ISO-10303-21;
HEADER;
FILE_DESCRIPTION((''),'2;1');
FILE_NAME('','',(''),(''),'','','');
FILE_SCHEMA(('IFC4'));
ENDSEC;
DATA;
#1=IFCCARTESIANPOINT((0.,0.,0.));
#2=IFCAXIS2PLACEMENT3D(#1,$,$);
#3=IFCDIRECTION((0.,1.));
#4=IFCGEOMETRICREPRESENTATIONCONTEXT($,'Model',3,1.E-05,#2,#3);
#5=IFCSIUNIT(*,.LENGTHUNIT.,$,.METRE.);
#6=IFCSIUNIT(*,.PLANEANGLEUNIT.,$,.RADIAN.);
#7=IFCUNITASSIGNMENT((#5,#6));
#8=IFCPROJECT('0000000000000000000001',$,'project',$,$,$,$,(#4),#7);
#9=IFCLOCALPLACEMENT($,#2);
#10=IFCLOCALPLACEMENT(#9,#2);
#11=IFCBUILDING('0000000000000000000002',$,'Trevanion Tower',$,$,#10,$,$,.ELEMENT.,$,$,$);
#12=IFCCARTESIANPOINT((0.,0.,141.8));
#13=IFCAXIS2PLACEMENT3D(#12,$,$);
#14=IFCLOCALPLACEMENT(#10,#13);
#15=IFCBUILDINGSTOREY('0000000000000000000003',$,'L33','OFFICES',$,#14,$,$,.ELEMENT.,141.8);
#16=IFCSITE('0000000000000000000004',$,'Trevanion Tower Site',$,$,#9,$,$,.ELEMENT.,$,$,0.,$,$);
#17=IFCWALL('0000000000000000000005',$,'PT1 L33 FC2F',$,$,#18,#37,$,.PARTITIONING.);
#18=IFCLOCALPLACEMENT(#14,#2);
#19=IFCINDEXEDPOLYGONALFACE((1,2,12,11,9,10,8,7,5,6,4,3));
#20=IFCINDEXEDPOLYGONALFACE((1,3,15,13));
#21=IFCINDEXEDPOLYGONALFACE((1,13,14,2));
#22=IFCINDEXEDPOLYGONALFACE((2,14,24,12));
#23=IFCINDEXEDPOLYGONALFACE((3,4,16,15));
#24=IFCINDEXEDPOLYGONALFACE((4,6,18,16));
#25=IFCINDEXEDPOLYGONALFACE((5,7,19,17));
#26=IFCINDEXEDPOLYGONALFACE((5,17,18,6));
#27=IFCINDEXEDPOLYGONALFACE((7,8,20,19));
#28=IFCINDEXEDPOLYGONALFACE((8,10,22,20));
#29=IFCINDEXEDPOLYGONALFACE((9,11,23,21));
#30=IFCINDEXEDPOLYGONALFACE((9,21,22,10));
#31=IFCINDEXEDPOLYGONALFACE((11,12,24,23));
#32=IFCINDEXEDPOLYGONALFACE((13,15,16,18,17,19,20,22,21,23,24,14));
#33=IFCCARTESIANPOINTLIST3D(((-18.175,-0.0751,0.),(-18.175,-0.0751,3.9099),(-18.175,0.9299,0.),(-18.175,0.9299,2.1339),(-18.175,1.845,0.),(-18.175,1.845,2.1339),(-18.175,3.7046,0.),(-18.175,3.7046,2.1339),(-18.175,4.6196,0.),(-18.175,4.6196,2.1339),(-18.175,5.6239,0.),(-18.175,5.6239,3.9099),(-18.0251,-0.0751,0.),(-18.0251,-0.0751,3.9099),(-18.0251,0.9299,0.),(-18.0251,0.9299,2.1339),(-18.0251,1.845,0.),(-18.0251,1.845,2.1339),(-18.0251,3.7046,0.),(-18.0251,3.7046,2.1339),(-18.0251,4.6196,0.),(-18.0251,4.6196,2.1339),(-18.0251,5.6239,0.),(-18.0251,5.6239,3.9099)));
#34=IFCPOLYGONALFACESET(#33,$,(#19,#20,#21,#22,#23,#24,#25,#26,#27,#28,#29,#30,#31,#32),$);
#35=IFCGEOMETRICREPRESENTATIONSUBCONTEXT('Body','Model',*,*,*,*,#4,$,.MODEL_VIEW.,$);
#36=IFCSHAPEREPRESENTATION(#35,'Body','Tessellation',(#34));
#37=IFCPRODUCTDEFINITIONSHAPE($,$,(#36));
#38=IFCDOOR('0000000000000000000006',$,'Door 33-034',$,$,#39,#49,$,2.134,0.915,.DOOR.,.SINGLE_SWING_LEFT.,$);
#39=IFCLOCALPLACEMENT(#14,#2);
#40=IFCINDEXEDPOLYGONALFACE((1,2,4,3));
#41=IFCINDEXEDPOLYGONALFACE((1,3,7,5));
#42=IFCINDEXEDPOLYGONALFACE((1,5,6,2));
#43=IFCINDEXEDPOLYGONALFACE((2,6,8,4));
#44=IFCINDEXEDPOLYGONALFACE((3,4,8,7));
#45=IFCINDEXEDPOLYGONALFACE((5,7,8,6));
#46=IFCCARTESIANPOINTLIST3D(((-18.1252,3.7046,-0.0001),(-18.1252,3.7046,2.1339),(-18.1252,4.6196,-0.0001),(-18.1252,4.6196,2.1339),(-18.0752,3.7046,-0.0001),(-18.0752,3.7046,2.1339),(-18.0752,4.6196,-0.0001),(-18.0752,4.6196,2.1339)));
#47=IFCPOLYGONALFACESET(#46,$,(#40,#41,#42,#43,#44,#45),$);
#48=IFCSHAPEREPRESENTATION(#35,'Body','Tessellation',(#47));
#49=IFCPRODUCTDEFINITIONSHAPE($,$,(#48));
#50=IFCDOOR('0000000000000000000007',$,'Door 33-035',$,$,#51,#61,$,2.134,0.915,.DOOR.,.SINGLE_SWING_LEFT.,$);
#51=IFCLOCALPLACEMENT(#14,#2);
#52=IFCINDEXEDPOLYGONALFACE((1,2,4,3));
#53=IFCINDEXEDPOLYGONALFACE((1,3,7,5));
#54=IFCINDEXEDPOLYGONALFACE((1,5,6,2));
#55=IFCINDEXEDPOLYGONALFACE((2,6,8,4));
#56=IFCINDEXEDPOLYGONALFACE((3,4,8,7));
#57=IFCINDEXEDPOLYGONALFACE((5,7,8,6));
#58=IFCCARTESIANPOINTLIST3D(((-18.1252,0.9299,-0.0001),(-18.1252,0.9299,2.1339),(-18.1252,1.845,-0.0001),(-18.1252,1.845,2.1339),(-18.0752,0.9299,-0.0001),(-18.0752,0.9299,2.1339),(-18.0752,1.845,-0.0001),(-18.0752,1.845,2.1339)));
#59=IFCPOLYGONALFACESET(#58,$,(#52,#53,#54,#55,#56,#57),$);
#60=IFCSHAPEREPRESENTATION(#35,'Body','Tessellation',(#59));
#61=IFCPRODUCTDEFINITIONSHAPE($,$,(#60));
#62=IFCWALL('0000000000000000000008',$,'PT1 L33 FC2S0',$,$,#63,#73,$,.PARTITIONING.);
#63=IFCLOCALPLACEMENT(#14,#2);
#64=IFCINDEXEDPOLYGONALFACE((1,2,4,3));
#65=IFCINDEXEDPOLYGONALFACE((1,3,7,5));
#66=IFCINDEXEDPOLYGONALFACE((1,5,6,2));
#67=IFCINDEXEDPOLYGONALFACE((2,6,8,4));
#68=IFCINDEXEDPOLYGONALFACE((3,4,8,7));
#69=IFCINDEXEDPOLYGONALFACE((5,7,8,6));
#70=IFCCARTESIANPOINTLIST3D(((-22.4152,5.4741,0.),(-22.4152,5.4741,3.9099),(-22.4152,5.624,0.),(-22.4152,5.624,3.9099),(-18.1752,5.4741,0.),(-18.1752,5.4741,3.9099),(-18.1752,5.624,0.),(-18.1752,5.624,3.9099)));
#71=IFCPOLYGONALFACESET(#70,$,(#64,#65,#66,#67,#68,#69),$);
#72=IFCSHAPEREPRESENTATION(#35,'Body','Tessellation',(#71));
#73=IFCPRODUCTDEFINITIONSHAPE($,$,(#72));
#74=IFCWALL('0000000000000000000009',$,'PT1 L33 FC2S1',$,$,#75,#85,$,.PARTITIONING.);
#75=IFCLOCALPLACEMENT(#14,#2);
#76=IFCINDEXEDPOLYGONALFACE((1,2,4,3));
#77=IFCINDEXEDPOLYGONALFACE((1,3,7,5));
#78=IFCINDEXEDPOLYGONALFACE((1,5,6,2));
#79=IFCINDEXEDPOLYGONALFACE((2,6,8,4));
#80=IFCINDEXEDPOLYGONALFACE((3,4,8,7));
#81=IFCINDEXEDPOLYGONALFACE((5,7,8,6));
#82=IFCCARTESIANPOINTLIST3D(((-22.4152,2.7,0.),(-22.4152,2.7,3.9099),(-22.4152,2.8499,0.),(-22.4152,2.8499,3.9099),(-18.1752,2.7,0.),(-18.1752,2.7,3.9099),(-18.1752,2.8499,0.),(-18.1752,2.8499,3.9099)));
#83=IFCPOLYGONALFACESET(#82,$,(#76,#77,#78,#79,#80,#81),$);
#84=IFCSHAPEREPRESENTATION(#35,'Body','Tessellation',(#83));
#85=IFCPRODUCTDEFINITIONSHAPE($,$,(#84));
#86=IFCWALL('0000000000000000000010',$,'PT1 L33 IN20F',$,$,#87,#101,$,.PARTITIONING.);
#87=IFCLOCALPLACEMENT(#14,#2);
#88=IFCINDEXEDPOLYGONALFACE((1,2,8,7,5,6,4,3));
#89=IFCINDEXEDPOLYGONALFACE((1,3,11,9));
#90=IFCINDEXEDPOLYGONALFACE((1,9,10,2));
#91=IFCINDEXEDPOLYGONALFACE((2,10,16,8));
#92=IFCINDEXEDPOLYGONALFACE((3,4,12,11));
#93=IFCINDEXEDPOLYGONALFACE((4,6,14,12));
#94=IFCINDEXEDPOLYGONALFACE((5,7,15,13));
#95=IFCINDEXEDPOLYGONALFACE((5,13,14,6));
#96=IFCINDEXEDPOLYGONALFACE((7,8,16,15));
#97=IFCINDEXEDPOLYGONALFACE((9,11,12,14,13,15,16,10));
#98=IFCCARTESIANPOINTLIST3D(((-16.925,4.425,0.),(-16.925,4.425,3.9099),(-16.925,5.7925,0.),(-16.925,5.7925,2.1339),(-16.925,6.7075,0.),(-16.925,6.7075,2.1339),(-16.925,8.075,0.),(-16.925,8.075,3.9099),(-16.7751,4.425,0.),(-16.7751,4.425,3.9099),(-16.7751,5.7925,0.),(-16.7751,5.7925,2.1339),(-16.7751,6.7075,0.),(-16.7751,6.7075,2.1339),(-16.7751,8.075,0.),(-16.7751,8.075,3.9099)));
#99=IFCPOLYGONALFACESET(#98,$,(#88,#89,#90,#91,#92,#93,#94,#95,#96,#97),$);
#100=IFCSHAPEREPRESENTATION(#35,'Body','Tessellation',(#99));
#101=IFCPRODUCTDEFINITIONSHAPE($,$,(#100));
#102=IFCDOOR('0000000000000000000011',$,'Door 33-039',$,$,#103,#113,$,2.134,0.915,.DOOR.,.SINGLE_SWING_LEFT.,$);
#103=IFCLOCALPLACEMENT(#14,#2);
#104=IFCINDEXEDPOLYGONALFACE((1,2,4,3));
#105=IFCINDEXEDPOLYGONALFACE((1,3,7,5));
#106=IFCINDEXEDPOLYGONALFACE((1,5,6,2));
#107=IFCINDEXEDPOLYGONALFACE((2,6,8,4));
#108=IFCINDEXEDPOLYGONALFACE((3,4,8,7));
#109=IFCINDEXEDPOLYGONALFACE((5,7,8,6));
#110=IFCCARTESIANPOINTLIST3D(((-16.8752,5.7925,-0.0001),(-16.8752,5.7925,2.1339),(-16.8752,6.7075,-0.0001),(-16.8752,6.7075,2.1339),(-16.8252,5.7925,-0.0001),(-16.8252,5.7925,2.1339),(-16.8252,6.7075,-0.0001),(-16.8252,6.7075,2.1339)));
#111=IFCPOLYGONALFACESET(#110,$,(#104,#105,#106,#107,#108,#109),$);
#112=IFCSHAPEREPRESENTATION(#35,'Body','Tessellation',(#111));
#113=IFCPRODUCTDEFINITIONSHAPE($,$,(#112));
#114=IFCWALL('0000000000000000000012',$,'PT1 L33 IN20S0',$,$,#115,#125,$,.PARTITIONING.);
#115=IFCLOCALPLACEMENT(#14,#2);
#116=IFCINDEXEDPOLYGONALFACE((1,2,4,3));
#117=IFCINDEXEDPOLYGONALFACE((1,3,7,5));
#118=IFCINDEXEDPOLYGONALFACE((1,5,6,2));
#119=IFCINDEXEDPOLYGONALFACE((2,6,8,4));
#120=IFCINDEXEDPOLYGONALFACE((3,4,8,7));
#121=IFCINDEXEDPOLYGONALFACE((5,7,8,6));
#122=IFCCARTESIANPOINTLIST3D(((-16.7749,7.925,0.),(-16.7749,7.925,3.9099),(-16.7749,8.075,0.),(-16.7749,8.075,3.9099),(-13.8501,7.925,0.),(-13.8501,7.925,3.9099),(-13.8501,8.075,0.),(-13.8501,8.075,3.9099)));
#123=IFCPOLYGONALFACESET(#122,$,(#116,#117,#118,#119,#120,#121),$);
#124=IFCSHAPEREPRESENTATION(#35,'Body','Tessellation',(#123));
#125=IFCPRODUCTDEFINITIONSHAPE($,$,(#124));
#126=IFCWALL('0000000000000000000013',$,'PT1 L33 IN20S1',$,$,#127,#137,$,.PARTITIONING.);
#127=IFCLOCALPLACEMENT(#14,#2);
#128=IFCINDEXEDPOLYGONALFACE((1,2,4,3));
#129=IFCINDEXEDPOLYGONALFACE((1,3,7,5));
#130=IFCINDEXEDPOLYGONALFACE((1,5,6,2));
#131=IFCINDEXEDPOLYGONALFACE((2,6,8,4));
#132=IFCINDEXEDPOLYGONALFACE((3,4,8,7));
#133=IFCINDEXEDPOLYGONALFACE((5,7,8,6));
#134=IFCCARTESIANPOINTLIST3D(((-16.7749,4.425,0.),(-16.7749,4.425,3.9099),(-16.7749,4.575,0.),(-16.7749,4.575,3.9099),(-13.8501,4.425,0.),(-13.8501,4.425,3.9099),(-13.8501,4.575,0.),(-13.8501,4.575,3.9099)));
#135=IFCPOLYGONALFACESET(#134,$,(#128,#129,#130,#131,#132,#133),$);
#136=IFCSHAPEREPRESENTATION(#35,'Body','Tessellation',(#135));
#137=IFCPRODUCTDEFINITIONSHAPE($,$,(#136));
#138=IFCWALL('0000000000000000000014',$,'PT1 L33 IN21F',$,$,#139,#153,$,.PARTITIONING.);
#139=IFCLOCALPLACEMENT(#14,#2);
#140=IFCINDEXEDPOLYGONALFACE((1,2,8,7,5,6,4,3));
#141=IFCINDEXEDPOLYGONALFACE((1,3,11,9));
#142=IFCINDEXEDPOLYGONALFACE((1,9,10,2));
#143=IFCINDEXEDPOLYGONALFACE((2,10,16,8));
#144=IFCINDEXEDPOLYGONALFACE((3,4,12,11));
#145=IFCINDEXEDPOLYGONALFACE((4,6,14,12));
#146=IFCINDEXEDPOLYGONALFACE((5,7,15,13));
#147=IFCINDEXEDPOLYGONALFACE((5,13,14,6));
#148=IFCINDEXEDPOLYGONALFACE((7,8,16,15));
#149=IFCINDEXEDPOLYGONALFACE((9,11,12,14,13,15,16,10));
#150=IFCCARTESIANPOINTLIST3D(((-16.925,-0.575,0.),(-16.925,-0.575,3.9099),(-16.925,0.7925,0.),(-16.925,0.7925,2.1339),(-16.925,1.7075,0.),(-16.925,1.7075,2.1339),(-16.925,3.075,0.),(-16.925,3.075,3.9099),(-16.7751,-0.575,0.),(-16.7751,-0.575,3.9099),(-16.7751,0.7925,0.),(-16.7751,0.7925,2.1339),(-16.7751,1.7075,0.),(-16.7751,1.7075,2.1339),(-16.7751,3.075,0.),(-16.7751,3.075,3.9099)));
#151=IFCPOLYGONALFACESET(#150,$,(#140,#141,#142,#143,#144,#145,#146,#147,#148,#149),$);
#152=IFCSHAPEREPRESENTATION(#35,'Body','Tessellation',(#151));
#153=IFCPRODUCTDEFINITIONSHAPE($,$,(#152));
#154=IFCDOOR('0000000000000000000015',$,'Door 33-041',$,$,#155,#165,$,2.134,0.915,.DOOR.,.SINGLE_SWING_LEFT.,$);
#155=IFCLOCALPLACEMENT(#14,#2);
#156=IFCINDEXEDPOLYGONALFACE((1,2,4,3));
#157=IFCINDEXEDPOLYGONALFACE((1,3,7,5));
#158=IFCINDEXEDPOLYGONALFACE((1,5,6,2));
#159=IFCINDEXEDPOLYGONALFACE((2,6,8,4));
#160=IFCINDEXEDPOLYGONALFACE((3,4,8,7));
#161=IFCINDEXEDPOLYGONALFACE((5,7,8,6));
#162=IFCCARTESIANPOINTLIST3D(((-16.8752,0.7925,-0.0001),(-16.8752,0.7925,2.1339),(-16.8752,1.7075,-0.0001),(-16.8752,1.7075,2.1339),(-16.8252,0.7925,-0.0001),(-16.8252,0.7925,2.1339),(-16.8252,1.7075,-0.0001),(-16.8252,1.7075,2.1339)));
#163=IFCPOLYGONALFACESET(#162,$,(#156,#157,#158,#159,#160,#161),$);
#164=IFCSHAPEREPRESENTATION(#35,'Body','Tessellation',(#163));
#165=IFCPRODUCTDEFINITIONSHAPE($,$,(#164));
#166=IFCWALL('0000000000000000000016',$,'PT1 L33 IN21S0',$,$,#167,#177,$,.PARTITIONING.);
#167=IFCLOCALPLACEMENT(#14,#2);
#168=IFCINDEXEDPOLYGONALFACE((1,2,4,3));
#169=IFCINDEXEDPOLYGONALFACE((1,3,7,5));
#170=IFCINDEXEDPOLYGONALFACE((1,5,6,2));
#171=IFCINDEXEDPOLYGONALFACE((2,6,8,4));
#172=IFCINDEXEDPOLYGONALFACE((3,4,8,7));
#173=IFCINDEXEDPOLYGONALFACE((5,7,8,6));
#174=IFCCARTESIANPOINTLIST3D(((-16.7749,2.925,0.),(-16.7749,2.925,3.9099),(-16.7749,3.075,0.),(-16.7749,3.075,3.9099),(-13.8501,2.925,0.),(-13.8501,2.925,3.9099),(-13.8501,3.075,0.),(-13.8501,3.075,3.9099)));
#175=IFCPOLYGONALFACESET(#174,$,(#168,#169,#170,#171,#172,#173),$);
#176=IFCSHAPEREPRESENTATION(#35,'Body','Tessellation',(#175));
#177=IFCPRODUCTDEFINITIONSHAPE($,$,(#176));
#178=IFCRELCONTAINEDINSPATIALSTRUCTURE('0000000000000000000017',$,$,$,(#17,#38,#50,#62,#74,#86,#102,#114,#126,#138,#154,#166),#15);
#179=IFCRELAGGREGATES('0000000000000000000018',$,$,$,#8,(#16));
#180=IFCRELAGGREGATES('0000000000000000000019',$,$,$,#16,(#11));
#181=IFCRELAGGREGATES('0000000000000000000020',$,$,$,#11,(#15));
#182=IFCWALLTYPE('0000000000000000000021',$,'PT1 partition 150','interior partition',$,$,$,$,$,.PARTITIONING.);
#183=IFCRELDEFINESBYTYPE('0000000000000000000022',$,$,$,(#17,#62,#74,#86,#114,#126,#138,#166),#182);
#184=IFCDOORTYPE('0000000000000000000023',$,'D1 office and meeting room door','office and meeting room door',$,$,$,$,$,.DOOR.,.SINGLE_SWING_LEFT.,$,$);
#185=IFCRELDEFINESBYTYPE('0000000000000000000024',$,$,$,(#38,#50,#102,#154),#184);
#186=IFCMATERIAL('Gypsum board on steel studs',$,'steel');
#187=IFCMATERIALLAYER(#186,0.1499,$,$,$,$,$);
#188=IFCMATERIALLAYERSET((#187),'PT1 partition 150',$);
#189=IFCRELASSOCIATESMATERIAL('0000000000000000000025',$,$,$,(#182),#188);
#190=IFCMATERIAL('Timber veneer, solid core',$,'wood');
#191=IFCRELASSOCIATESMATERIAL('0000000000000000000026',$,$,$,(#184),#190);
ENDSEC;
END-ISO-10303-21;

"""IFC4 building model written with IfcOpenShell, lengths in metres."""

from ifc_helpers import new_model, si_unit, direction, frame, frame_2d, origin, place, context, subcontext, project, spatial, rectangle, extrude, material, layer, layer_set, type_object, element, fill, save


model = new_model("IFC4")

# Units and contexts
model_context = context("Model", 3, precision=1e-05, world=origin(), true_north=direction((0.0, 1.0)))
body_context = subcontext(model_context, "Body", "Model", "MODEL_VIEW")
ifc_project = project(units=[si_unit("LENGTHUNIT", "METRE"), si_unit("PLANEANGLEUNIT", "RADIAN")], contexts=[model_context])

# Site, building, storey
site_placement = place(None, origin())
site = spatial("IfcSite", under=ifc_project, at=site_placement, Name="Trevanion Tower Site", CompositionType="ELEMENT", RefElevation=0.0)
building_placement = place(site_placement, origin())
building = spatial("IfcBuilding", under=site, at=building_placement, Name="Trevanion Tower", CompositionType="ELEMENT")
storey_placement = place(building_placement, frame((0.0, 0.0, 141.8)))
storey = spatial("IfcBuildingStorey", under=building, at=storey_placement, Name="L33", Description="OFFICES", CompositionType="ELEMENT", Elevation=141.8)

# Wall, openings, doors
ifc_material_1 = material(Name="Gypsum board on steel studs", Category="steel")
ifc_layer_1 = layer(ifc_material_1, 0.1499)
ifc_layer_set_1 = layer_set([ifc_layer_1], Name="PT1 partition 150")
wall_type = type_object("IfcWallType", Name="PT1 partition 150", Description="interior partition", PredefinedType="PARTITIONING", material=ifc_layer_set_1)
wall_1_placement = place(storey_placement, frame((-18.1001, 5.624, 0.0), z_axis=(0.0, 0.0, 1.0), x_axis=(0.0, -1.0, 0.0)))
wall_1 = element("IfcWall", 1, at=wall_1_placement, inside=storey, type_object=wall_type, Name="PT1 L33 FC2F", PredefinedType="PARTITIONING", context=body_context, shape_type="SweptSolid", body=[
    extrude(rectangle(XDim=5.699, YDim=0.1499, at=frame_2d((2.8496, 0.0))), origin(), (0.0, 0.0, 1.0), 3.9099),
])
opening_1_placement = place(wall_1_placement, frame((1.0044, 0.0, 0.0)))
opening_1 = element("IfcOpeningElement", 2, at=opening_1_placement, cuts=wall_1, PredefinedType="OPENING", context=body_context, shape_type="SweptSolid", body=[
    extrude(rectangle(XDim=0.915, YDim=2.134, at=frame_2d((0.4575, 1.0669))), frame((0.0, 0.085, 0.0), z_axis=(0.0, -1.0, 0.0), x_axis=(1.0, 0.0, 0.0)), (0.0, 0.0, 1.0), 0.1699),
])
opening_2_placement = place(wall_1_placement, frame((3.7791, 0.0, 0.0)))
opening_2 = element("IfcOpeningElement", 3, at=opening_2_placement, cuts=wall_1, PredefinedType="OPENING", context=body_context, shape_type="SweptSolid", body=[
    extrude(rectangle(XDim=0.915, YDim=2.134, at=frame_2d((0.4575, 1.0669))), frame((0.0, 0.085, 0.0), z_axis=(0.0, -1.0, 0.0), x_axis=(1.0, 0.0, 0.0)), (0.0, 0.0, 1.0), 0.1699),
])
ifc_material_2 = material(Name="Timber veneer, solid core", Category="wood")
door_type = type_object("IfcDoorType", Name="D1 office and meeting room door", Description="office and meeting room door", OperationType="SINGLE_SWING_LEFT", PredefinedType="DOOR", material=ifc_material_2)
door_1_placement = place(opening_1_placement, origin())
door_1 = element("IfcDoor", 4, at=door_1_placement, inside=storey, type_object=door_type, Name="Door 33-034", OperationType="SINGLE_SWING_LEFT", OverallHeight=2.134, OverallWidth=0.915, PredefinedType="DOOR", context=body_context, shape_type="SweptSolid", body=[
    extrude(rectangle(XDim=0.915, YDim=2.134, at=frame_2d((0.4575, 1.0669))), frame((0.0, 0.0249, 0.0), z_axis=(0.0, -1.0, 0.0), x_axis=(1.0, 0.0, 0.0)), (0.0, 0.0, 1.0), 0.05),
])
fill(opening_1, door_1)
door_2_placement = place(opening_2_placement, origin())
door_2 = element("IfcDoor", 5, at=door_2_placement, inside=storey, type_object=door_type, Name="Door 33-035", OperationType="SINGLE_SWING_LEFT", OverallHeight=2.134, OverallWidth=0.915, PredefinedType="DOOR", context=body_context, shape_type="SweptSolid", body=[
    extrude(rectangle(XDim=0.915, YDim=2.134, at=frame_2d((0.4575, 1.0669))), frame((0.0, 0.0249, 0.0), z_axis=(0.0, -1.0, 0.0), x_axis=(1.0, 0.0, 0.0)), (0.0, 0.0, 1.0), 0.05),
])
fill(opening_2, door_2)

# Walls
for number, where, z_axis, x_axis, name in (
    (6, (-18.175, 5.5491, 0.0), (0.0, 0.0, 1.0), (-1.0, 0.0, 0.0), "PT1 L33 FC2S0"),
    (7, (-18.175, 2.7749, 0.0), (0.0, 0.0, 1.0), (-1.0, 0.0, 0.0), "PT1 L33 FC2S1"),
):
    element("IfcWall", number, at=place(storey_placement, frame(where, z_axis=z_axis, x_axis=x_axis)), inside=storey, type_object=wall_type, Name=name, PredefinedType="PARTITIONING", context=body_context, shape_type="SweptSolid", body=[
        extrude(rectangle(XDim=4.24, YDim=0.1499, at=frame_2d((2.1201, 0.0))), origin(), (0.0, 0.0, 1.0), 3.9099),
    ])

# Wall, opening, door
wall_2_placement = place(storey_placement, frame((-16.8501, 8.075, 0.0), z_axis=(0.0, 0.0, 1.0), x_axis=(0.0, -1.0, 0.0)))
wall_2 = element("IfcWall", 8, at=wall_2_placement, inside=storey, type_object=wall_type, Name="PT1 L33 IN20F", PredefinedType="PARTITIONING", context=body_context, shape_type="SweptSolid", body=[
    extrude(rectangle(XDim=3.6499, YDim=0.1499, at=frame_2d((1.825, 0.0))), origin(), (0.0, 0.0, 1.0), 3.9099),
])
opening_3_placement = place(wall_2_placement, frame((1.3674, 0.0, 0.0)))
opening_3 = element("IfcOpeningElement", 9, at=opening_3_placement, cuts=wall_2, PredefinedType="OPENING", context=body_context, shape_type="SweptSolid", body=[
    extrude(rectangle(XDim=0.915, YDim=2.134, at=frame_2d((0.4575, 1.0669))), frame((0.0, 0.085, 0.0), z_axis=(0.0, -1.0, 0.0), x_axis=(1.0, 0.0, 0.0)), (0.0, 0.0, 1.0), 0.1699),
])
door_3_placement = place(opening_3_placement, origin())
door_3 = element("IfcDoor", 10, at=door_3_placement, inside=storey, type_object=door_type, Name="Door 33-039", OperationType="SINGLE_SWING_LEFT", OverallHeight=2.134, OverallWidth=0.915, PredefinedType="DOOR", context=body_context, shape_type="SweptSolid", body=[
    extrude(rectangle(XDim=0.915, YDim=2.134, at=frame_2d((0.4575, 1.0669))), frame((0.0, 0.0249, 0.0), z_axis=(0.0, -1.0, 0.0), x_axis=(1.0, 0.0, 0.0)), (0.0, 0.0, 1.0), 0.05),
])
fill(opening_3, door_3)

# Walls
for number, where, z_axis, x_axis, name in (
    (11, (-16.7749, 8.0, 0.0), (0.0, 0.0, 1.0), (1.0, 0.0, 0.0), "PT1 L33 IN20S0"),
    (12, (-16.7749, 4.5, 0.0), (0.0, 0.0, 1.0), (1.0, 0.0, 0.0), "PT1 L33 IN20S1"),
):
    element("IfcWall", number, at=place(storey_placement, frame(where, z_axis=z_axis, x_axis=x_axis)), inside=storey, type_object=wall_type, Name=name, PredefinedType="PARTITIONING", context=body_context, shape_type="SweptSolid", body=[
        extrude(rectangle(XDim=2.9248, YDim=0.1499, at=frame_2d((1.4624, 0.0))), origin(), (0.0, 0.0, 1.0), 3.9099),
    ])

# Wall, opening, door
wall_3_placement = place(storey_placement, frame((-16.8501, 3.075, 0.0), z_axis=(0.0, 0.0, 1.0), x_axis=(0.0, -1.0, 0.0)))
wall_3 = element("IfcWall", 13, at=wall_3_placement, inside=storey, type_object=wall_type, Name="PT1 L33 IN21F", PredefinedType="PARTITIONING", context=body_context, shape_type="SweptSolid", body=[
    extrude(rectangle(XDim=3.6499, YDim=0.1499, at=frame_2d((1.825, 0.0))), origin(), (0.0, 0.0, 1.0), 3.9099),
])
opening_4_placement = place(wall_3_placement, frame((1.3674, 0.0, 0.0)))
opening_4 = element("IfcOpeningElement", 14, at=opening_4_placement, cuts=wall_3, PredefinedType="OPENING", context=body_context, shape_type="SweptSolid", body=[
    extrude(rectangle(XDim=0.915, YDim=2.134, at=frame_2d((0.4575, 1.0669))), frame((0.0, 0.085, 0.0), z_axis=(0.0, -1.0, 0.0), x_axis=(1.0, 0.0, 0.0)), (0.0, 0.0, 1.0), 0.1699),
])
door_4_placement = place(opening_4_placement, origin())
door_4 = element("IfcDoor", 15, at=door_4_placement, inside=storey, type_object=door_type, Name="Door 33-041", OperationType="SINGLE_SWING_LEFT", OverallHeight=2.134, OverallWidth=0.915, PredefinedType="DOOR", context=body_context, shape_type="SweptSolid", body=[
    extrude(rectangle(XDim=0.915, YDim=2.134, at=frame_2d((0.4575, 1.0669))), frame((0.0, 0.0249, 0.0), z_axis=(0.0, -1.0, 0.0), x_axis=(1.0, 0.0, 0.0)), (0.0, 0.0, 1.0), 0.05),
])
fill(opening_4, door_4)

# Wall
wall_4_placement = place(storey_placement, frame((-16.7749, 3.0, 0.0), z_axis=(0.0, 0.0, 1.0), x_axis=(1.0, 0.0, 0.0)))
element("IfcWall", 16, at=wall_4_placement, inside=storey, type_object=wall_type, Name="PT1 L33 IN21S0", PredefinedType="PARTITIONING", context=body_context, shape_type="SweptSolid", body=[
    extrude(rectangle(XDim=2.9248, YDim=0.1499, at=frame_2d((1.4624, 0.0))), origin(), (0.0, 0.0, 1.0), 3.9099),
])

save(model, "model.ifc")
